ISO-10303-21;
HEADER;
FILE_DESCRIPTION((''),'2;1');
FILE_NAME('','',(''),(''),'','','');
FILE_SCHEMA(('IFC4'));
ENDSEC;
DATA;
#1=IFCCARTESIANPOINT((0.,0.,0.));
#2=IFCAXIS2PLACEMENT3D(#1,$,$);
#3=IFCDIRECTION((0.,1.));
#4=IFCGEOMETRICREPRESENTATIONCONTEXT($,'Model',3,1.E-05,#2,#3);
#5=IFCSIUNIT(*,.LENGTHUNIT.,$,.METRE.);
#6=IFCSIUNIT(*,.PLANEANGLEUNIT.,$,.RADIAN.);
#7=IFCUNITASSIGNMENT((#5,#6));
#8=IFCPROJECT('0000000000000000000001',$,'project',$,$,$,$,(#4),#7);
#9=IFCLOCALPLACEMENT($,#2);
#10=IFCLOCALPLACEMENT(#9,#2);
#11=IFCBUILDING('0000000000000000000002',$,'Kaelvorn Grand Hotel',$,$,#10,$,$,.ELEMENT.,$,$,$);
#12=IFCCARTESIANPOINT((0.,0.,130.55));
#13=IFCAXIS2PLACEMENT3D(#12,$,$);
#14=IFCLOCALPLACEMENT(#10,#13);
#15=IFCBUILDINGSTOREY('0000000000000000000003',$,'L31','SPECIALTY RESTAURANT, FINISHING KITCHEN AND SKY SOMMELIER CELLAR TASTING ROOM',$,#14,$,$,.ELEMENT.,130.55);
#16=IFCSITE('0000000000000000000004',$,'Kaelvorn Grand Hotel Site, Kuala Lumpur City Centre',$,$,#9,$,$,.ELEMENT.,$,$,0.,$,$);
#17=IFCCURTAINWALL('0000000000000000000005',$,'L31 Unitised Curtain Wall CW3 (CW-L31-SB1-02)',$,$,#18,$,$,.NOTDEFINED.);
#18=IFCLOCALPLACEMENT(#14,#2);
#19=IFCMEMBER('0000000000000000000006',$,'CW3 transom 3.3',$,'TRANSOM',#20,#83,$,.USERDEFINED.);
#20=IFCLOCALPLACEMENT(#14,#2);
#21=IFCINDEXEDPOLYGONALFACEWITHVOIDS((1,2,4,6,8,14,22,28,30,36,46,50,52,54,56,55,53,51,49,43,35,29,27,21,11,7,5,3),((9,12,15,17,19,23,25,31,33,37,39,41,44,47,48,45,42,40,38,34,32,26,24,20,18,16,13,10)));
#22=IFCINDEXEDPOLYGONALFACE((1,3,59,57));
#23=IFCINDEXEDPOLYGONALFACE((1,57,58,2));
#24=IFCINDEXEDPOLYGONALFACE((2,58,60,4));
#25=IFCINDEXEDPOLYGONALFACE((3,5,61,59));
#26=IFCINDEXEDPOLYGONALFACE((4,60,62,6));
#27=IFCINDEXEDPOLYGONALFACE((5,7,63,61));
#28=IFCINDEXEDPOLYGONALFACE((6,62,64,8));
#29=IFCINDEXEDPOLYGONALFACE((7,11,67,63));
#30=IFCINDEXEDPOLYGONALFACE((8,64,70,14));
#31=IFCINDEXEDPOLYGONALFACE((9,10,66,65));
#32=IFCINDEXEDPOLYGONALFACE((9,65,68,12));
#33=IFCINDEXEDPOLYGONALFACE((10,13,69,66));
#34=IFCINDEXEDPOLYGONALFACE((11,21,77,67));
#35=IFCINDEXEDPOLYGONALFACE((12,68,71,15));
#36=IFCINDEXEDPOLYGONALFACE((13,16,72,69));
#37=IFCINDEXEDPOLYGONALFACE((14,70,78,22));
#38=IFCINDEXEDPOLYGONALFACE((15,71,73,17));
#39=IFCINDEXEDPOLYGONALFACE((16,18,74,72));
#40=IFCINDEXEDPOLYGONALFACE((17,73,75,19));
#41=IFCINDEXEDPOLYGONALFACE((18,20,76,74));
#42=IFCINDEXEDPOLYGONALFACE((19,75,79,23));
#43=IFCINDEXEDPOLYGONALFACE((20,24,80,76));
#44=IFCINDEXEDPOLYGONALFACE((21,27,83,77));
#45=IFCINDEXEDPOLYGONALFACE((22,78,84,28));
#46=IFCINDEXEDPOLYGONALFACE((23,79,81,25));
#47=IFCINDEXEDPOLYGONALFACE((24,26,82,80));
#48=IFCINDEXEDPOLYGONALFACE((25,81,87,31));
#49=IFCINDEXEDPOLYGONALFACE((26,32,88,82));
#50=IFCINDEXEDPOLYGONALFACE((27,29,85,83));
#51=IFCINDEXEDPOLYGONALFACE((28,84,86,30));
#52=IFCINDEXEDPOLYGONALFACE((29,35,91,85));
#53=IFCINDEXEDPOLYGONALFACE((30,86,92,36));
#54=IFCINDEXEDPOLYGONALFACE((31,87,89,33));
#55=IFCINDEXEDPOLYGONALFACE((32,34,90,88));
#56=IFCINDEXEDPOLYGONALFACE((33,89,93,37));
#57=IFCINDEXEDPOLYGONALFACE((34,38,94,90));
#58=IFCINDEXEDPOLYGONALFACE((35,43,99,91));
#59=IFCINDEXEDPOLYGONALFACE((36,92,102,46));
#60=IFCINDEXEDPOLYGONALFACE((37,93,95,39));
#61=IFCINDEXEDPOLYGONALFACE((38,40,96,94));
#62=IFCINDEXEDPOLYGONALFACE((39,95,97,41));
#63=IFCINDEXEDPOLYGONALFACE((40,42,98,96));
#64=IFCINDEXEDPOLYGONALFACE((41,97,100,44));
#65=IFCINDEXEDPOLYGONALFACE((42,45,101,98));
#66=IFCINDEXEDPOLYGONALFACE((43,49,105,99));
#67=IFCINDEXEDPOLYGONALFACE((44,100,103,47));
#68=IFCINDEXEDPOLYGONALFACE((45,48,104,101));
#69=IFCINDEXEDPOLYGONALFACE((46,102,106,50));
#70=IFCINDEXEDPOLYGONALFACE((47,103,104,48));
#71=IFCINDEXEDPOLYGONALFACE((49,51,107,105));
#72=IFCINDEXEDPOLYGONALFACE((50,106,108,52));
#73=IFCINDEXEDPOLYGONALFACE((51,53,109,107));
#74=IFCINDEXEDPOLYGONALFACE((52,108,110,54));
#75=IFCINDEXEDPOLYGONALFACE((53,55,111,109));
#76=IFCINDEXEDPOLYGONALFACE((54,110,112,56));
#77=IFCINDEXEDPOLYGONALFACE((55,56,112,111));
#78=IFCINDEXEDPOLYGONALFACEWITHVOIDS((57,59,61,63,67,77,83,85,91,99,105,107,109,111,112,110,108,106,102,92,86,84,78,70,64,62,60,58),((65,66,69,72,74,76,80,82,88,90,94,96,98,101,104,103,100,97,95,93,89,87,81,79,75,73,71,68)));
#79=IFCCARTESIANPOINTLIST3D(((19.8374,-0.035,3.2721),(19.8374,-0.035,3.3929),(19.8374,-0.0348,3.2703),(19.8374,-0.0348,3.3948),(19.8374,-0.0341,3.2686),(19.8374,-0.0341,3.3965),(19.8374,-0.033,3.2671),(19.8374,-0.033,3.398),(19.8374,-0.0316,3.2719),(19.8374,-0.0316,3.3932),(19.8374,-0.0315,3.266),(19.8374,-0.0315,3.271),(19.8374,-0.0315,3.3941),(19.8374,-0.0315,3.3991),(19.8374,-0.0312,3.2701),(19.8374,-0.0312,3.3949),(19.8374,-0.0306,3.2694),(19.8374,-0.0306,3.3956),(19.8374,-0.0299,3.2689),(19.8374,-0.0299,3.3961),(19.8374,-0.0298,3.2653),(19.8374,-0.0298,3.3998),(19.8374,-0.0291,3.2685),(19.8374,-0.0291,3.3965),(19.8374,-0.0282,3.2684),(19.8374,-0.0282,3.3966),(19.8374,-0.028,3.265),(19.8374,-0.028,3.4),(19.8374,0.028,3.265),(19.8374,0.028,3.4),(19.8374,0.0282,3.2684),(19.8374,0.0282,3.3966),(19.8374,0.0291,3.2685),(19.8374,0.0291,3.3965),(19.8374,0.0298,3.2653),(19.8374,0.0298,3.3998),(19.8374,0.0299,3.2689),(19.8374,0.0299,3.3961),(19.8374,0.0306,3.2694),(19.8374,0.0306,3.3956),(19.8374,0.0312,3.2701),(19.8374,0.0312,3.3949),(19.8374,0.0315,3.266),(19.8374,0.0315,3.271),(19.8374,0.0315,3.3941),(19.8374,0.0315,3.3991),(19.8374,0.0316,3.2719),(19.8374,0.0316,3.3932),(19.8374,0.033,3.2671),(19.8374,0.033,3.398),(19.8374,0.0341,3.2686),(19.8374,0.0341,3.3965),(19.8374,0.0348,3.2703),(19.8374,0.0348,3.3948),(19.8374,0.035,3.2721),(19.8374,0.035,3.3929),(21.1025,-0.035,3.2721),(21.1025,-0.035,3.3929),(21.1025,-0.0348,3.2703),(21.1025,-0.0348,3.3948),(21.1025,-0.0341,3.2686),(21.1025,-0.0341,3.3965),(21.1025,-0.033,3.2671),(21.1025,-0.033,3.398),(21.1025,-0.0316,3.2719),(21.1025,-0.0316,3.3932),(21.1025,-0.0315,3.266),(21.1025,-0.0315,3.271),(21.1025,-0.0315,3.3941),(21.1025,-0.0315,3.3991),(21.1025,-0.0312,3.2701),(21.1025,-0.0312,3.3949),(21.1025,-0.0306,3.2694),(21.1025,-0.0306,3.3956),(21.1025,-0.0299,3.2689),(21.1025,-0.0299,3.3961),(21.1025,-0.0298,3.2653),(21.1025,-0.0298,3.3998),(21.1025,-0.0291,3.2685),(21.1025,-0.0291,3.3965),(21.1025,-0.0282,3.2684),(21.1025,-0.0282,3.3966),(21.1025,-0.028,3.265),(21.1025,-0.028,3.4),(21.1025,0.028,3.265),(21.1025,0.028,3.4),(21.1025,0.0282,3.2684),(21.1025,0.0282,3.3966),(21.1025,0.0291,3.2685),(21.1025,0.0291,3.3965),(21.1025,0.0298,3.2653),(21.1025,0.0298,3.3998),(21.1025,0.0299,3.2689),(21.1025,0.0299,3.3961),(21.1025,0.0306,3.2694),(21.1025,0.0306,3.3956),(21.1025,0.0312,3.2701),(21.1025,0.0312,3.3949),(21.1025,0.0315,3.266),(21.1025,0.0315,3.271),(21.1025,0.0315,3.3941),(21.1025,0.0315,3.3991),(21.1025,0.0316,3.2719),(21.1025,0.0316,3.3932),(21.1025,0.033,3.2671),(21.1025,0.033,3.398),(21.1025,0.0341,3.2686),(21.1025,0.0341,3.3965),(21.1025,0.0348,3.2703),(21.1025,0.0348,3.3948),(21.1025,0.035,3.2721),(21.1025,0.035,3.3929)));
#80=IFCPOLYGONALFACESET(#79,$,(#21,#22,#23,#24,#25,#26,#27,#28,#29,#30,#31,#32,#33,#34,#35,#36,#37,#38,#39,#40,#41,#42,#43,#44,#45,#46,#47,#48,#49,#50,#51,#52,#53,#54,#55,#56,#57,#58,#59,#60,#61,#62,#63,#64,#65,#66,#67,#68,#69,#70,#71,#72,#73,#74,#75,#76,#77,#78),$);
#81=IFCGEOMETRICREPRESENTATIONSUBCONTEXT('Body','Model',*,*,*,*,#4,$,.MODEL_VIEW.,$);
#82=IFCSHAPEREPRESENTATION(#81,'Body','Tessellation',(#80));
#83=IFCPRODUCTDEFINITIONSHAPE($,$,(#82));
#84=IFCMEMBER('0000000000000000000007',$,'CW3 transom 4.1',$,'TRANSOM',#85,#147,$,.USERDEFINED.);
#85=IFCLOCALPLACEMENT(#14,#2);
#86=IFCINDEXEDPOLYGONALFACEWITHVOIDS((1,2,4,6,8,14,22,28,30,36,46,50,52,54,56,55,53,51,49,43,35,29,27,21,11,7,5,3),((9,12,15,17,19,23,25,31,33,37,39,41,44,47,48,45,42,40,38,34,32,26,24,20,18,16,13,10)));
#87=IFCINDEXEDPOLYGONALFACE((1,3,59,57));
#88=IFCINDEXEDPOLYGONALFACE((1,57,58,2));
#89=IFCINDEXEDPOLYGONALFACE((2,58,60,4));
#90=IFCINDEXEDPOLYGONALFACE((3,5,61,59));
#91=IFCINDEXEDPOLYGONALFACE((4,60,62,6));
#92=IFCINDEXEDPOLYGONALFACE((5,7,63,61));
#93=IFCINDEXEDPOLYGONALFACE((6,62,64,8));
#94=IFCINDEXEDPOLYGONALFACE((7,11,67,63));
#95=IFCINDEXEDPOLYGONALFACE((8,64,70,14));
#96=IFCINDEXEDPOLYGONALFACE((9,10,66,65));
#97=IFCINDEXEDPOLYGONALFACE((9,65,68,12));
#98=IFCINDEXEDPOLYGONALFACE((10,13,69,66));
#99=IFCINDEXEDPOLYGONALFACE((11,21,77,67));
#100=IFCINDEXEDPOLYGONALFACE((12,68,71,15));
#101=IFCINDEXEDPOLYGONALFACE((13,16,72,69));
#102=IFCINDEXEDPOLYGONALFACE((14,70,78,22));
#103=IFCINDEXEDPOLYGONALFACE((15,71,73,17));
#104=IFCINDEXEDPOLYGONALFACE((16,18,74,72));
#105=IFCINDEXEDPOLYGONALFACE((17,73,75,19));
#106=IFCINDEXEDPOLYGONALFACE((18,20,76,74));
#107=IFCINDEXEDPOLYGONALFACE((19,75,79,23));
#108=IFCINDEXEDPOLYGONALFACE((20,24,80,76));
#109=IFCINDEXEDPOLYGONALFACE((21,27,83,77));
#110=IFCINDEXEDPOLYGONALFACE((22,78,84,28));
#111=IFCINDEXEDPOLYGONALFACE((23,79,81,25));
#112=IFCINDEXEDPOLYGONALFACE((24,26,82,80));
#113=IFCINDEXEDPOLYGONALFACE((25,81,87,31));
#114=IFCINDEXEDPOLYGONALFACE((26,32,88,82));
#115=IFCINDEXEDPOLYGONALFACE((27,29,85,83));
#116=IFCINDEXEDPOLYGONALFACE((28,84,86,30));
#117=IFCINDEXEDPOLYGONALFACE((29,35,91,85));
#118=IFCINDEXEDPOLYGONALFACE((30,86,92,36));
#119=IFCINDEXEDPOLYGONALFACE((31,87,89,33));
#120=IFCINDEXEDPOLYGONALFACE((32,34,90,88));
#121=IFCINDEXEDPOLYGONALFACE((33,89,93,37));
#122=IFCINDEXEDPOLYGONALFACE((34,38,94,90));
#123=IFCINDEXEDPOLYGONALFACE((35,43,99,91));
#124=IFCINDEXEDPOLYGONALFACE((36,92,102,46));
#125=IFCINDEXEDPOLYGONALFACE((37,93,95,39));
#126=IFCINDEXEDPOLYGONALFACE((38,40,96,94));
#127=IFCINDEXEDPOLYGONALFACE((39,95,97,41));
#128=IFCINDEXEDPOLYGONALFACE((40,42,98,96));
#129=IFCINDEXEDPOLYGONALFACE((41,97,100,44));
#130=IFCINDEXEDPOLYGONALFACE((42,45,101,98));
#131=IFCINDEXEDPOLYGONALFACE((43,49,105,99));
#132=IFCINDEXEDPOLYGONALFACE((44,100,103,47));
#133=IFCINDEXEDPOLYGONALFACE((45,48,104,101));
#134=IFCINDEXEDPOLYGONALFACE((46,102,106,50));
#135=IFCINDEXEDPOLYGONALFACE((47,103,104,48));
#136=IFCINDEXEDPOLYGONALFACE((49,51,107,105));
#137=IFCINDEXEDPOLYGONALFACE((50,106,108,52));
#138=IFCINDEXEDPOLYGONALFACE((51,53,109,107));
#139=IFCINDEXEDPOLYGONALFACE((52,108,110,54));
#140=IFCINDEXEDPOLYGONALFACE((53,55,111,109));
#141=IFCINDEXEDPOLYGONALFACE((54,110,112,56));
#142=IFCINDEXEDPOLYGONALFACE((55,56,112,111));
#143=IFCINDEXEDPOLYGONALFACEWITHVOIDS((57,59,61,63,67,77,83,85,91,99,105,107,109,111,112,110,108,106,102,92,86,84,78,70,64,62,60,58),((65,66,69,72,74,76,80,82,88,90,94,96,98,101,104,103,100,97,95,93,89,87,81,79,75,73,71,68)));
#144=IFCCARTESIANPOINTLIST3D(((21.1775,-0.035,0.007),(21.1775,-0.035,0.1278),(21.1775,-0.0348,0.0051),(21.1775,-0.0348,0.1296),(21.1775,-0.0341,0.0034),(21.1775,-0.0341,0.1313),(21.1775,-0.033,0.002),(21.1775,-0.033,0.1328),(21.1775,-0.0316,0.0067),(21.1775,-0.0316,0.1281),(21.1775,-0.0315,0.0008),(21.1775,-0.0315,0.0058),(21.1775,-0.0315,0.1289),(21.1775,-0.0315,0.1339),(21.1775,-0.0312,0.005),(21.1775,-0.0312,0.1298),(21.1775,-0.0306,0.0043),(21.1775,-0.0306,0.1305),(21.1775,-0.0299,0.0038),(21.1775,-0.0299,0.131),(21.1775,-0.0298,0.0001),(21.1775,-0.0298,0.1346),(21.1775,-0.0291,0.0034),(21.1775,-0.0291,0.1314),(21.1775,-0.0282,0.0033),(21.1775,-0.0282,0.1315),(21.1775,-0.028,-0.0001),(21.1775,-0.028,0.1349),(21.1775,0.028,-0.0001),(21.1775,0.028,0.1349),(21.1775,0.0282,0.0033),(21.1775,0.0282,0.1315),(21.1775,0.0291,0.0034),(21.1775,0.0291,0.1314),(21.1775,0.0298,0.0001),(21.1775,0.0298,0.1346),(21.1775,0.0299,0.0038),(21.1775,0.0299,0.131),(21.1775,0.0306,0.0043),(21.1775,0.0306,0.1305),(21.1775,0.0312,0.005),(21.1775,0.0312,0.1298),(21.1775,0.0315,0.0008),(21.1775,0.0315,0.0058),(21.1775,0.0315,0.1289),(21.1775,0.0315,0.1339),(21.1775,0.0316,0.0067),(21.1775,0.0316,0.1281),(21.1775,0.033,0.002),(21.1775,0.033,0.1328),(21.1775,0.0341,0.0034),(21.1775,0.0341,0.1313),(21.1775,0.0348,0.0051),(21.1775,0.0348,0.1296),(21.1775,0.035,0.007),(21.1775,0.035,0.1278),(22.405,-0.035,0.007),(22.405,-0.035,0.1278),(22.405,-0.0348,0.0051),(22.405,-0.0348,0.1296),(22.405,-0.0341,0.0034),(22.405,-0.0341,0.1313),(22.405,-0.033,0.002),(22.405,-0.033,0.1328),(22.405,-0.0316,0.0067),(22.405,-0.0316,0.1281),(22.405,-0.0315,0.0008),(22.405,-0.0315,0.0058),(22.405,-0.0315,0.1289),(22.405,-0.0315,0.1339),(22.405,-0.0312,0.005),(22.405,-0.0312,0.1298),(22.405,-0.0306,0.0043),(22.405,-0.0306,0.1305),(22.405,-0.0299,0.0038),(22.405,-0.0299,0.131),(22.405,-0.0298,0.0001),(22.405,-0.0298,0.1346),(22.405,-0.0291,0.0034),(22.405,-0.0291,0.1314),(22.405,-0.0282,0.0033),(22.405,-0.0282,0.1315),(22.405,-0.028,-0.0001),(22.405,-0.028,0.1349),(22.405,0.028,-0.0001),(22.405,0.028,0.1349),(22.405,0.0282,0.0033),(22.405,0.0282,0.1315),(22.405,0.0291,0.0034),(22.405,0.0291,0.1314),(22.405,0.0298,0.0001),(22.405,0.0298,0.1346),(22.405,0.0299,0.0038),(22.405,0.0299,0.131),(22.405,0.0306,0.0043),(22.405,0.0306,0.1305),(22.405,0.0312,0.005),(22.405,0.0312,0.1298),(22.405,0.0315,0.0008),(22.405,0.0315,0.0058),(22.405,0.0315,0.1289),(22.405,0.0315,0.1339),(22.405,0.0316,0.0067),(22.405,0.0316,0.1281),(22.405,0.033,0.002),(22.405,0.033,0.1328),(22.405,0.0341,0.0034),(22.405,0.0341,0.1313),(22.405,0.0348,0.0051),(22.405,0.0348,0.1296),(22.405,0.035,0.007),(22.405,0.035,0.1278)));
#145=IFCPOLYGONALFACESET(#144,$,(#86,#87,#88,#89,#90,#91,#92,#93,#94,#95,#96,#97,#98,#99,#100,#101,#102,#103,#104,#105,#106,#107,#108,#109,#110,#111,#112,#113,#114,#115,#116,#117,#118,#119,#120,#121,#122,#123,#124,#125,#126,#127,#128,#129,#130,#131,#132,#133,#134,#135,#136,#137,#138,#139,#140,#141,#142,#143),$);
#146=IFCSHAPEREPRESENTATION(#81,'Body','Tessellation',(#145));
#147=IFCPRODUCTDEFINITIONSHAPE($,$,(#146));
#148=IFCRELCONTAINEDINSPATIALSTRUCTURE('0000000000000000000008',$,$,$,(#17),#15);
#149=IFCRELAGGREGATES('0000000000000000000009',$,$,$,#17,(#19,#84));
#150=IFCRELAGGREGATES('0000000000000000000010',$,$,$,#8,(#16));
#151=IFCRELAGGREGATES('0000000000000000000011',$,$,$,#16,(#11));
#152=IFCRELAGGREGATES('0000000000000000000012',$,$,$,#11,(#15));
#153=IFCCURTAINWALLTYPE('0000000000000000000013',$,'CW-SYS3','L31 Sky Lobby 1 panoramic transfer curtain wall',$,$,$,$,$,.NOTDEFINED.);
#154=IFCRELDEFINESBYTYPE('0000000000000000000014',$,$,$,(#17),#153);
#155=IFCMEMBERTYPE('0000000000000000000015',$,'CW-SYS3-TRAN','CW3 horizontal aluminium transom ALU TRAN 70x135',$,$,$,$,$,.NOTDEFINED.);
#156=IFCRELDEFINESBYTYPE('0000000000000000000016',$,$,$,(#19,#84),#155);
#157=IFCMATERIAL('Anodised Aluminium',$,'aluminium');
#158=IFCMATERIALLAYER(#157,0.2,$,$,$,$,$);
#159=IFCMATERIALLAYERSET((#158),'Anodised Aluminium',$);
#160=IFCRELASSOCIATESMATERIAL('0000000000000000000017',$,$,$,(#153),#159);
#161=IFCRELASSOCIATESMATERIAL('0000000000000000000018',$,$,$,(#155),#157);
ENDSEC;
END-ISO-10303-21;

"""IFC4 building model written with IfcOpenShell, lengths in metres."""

from ifc_helpers import new_model, si_unit, direction, frame, origin, origin_2d, place, context, subcontext, project, spatial, hollow_rectangle, extrude, material, layer, layer_set, material_profile, profile_set, type_object, element, aggregate, save


model = new_model("IFC4")

# Units and contexts
model_context = context("Model", 3, precision=1e-05, world=origin(), true_north=direction((0.0, 1.0)))
body_context = subcontext(model_context, "Body", "Model", "MODEL_VIEW")
ifc_project = project(units=[si_unit("LENGTHUNIT", "METRE"), si_unit("PLANEANGLEUNIT", "RADIAN")], contexts=[model_context])

# Site, building, storey
site_placement = place(None, origin())
site = spatial("IfcSite", under=ifc_project, at=site_placement, Name="Kaelvorn Grand Hotel Site, Kuala Lumpur City Centre", CompositionType="ELEMENT", RefElevation=0.0)
building_placement = place(site_placement, origin())
building = spatial("IfcBuilding", under=site, at=building_placement, Name="Kaelvorn Grand Hotel", CompositionType="ELEMENT")
storey_placement = place(building_placement, frame((0.0, 0.0, 130.55)))
storey = spatial("IfcBuildingStorey", under=building, at=storey_placement, Name="L31", Description="SPECIALTY RESTAURANT, FINISHING KITCHEN AND SKY SOMMELIER CELLAR TASTING ROOM", CompositionType="ELEMENT", Elevation=130.55)

# Curtain wall, members
ifc_material_1 = material(Name="Anodised Aluminium", Category="aluminium")
ifc_layer_1 = layer(ifc_material_1, 0.2)
ifc_layer_set_1 = layer_set([ifc_layer_1], Name="Anodised Aluminium")
curtain_wall_type = type_object("IfcCurtainWallType", Name="CW-SYS3", Description="L31 Sky Lobby 1 panoramic transfer curtain wall", PredefinedType="NOTDEFINED", material=ifc_layer_set_1)
curtain_wall_placement = place(storey_placement, origin())
curtain_wall = element("IfcCurtainWall", 1, at=curtain_wall_placement, inside=storey, type_object=curtain_wall_type, Name="L31 Unitised Curtain Wall CW3 (CW-L31-SB1-02)", PredefinedType="NOTDEFINED")
ifc_material_profile_1 = material_profile(ifc_material_1, hollow_rectangle(XDim=0.0701, YDim=0.135, WallThickness=0.0034, InnerFilletRadius=0.0034, OuterFilletRadius=0.0071, at=origin_2d()), Name="ALU TRAN 70x135")
ifc_profile_set_1 = profile_set([ifc_material_profile_1], Name="Anodised Aluminium")
member_type_1 = type_object("IfcMemberType", Name="CW-SYS3-TRAN", Description="CW3 horizontal aluminium transom ALU TRAN 70x135", PredefinedType="NOTDEFINED", material=ifc_profile_set_1)
member_1_placement = place(storey_placement, frame((19.8374, 0.0, 3.3325), z_axis=(1.0, 0.0, 0.0), x_axis=(0.0, 1.0, 0.0)))
member_1 = element("IfcMember", 2, at=member_1_placement, type_object=member_type_1, Name="CW3 transom 3.3", ObjectType="TRANSOM", PredefinedType="USERDEFINED", context=body_context, shape_type="SweptSolid", body=[
    extrude(hollow_rectangle(XDim=0.0701, YDim=0.135, WallThickness=0.0034, InnerFilletRadius=0.0034, OuterFilletRadius=0.0071, at=origin_2d()), origin(), (0.0, 0.0, 1.0), 1.2651),
])
member_2_placement = place(storey_placement, frame((21.1775, 0.0, 0.0674), z_axis=(1.0, 0.0, 0.0), x_axis=(0.0, 1.0, 0.0)))
member_2 = element("IfcMember", 3, at=member_2_placement, type_object=member_type_1, Name="CW3 transom 4.1", ObjectType="TRANSOM", PredefinedType="USERDEFINED", context=body_context, shape_type="SweptSolid", body=[
    extrude(hollow_rectangle(XDim=0.0701, YDim=0.135, WallThickness=0.0034, InnerFilletRadius=0.0034, OuterFilletRadius=0.0071, at=origin_2d()), origin(), (0.0, 0.0, 1.0), 1.2275),
])
aggregate(curtain_wall, [member_1, member_2])

save(model, "model.ifc")
